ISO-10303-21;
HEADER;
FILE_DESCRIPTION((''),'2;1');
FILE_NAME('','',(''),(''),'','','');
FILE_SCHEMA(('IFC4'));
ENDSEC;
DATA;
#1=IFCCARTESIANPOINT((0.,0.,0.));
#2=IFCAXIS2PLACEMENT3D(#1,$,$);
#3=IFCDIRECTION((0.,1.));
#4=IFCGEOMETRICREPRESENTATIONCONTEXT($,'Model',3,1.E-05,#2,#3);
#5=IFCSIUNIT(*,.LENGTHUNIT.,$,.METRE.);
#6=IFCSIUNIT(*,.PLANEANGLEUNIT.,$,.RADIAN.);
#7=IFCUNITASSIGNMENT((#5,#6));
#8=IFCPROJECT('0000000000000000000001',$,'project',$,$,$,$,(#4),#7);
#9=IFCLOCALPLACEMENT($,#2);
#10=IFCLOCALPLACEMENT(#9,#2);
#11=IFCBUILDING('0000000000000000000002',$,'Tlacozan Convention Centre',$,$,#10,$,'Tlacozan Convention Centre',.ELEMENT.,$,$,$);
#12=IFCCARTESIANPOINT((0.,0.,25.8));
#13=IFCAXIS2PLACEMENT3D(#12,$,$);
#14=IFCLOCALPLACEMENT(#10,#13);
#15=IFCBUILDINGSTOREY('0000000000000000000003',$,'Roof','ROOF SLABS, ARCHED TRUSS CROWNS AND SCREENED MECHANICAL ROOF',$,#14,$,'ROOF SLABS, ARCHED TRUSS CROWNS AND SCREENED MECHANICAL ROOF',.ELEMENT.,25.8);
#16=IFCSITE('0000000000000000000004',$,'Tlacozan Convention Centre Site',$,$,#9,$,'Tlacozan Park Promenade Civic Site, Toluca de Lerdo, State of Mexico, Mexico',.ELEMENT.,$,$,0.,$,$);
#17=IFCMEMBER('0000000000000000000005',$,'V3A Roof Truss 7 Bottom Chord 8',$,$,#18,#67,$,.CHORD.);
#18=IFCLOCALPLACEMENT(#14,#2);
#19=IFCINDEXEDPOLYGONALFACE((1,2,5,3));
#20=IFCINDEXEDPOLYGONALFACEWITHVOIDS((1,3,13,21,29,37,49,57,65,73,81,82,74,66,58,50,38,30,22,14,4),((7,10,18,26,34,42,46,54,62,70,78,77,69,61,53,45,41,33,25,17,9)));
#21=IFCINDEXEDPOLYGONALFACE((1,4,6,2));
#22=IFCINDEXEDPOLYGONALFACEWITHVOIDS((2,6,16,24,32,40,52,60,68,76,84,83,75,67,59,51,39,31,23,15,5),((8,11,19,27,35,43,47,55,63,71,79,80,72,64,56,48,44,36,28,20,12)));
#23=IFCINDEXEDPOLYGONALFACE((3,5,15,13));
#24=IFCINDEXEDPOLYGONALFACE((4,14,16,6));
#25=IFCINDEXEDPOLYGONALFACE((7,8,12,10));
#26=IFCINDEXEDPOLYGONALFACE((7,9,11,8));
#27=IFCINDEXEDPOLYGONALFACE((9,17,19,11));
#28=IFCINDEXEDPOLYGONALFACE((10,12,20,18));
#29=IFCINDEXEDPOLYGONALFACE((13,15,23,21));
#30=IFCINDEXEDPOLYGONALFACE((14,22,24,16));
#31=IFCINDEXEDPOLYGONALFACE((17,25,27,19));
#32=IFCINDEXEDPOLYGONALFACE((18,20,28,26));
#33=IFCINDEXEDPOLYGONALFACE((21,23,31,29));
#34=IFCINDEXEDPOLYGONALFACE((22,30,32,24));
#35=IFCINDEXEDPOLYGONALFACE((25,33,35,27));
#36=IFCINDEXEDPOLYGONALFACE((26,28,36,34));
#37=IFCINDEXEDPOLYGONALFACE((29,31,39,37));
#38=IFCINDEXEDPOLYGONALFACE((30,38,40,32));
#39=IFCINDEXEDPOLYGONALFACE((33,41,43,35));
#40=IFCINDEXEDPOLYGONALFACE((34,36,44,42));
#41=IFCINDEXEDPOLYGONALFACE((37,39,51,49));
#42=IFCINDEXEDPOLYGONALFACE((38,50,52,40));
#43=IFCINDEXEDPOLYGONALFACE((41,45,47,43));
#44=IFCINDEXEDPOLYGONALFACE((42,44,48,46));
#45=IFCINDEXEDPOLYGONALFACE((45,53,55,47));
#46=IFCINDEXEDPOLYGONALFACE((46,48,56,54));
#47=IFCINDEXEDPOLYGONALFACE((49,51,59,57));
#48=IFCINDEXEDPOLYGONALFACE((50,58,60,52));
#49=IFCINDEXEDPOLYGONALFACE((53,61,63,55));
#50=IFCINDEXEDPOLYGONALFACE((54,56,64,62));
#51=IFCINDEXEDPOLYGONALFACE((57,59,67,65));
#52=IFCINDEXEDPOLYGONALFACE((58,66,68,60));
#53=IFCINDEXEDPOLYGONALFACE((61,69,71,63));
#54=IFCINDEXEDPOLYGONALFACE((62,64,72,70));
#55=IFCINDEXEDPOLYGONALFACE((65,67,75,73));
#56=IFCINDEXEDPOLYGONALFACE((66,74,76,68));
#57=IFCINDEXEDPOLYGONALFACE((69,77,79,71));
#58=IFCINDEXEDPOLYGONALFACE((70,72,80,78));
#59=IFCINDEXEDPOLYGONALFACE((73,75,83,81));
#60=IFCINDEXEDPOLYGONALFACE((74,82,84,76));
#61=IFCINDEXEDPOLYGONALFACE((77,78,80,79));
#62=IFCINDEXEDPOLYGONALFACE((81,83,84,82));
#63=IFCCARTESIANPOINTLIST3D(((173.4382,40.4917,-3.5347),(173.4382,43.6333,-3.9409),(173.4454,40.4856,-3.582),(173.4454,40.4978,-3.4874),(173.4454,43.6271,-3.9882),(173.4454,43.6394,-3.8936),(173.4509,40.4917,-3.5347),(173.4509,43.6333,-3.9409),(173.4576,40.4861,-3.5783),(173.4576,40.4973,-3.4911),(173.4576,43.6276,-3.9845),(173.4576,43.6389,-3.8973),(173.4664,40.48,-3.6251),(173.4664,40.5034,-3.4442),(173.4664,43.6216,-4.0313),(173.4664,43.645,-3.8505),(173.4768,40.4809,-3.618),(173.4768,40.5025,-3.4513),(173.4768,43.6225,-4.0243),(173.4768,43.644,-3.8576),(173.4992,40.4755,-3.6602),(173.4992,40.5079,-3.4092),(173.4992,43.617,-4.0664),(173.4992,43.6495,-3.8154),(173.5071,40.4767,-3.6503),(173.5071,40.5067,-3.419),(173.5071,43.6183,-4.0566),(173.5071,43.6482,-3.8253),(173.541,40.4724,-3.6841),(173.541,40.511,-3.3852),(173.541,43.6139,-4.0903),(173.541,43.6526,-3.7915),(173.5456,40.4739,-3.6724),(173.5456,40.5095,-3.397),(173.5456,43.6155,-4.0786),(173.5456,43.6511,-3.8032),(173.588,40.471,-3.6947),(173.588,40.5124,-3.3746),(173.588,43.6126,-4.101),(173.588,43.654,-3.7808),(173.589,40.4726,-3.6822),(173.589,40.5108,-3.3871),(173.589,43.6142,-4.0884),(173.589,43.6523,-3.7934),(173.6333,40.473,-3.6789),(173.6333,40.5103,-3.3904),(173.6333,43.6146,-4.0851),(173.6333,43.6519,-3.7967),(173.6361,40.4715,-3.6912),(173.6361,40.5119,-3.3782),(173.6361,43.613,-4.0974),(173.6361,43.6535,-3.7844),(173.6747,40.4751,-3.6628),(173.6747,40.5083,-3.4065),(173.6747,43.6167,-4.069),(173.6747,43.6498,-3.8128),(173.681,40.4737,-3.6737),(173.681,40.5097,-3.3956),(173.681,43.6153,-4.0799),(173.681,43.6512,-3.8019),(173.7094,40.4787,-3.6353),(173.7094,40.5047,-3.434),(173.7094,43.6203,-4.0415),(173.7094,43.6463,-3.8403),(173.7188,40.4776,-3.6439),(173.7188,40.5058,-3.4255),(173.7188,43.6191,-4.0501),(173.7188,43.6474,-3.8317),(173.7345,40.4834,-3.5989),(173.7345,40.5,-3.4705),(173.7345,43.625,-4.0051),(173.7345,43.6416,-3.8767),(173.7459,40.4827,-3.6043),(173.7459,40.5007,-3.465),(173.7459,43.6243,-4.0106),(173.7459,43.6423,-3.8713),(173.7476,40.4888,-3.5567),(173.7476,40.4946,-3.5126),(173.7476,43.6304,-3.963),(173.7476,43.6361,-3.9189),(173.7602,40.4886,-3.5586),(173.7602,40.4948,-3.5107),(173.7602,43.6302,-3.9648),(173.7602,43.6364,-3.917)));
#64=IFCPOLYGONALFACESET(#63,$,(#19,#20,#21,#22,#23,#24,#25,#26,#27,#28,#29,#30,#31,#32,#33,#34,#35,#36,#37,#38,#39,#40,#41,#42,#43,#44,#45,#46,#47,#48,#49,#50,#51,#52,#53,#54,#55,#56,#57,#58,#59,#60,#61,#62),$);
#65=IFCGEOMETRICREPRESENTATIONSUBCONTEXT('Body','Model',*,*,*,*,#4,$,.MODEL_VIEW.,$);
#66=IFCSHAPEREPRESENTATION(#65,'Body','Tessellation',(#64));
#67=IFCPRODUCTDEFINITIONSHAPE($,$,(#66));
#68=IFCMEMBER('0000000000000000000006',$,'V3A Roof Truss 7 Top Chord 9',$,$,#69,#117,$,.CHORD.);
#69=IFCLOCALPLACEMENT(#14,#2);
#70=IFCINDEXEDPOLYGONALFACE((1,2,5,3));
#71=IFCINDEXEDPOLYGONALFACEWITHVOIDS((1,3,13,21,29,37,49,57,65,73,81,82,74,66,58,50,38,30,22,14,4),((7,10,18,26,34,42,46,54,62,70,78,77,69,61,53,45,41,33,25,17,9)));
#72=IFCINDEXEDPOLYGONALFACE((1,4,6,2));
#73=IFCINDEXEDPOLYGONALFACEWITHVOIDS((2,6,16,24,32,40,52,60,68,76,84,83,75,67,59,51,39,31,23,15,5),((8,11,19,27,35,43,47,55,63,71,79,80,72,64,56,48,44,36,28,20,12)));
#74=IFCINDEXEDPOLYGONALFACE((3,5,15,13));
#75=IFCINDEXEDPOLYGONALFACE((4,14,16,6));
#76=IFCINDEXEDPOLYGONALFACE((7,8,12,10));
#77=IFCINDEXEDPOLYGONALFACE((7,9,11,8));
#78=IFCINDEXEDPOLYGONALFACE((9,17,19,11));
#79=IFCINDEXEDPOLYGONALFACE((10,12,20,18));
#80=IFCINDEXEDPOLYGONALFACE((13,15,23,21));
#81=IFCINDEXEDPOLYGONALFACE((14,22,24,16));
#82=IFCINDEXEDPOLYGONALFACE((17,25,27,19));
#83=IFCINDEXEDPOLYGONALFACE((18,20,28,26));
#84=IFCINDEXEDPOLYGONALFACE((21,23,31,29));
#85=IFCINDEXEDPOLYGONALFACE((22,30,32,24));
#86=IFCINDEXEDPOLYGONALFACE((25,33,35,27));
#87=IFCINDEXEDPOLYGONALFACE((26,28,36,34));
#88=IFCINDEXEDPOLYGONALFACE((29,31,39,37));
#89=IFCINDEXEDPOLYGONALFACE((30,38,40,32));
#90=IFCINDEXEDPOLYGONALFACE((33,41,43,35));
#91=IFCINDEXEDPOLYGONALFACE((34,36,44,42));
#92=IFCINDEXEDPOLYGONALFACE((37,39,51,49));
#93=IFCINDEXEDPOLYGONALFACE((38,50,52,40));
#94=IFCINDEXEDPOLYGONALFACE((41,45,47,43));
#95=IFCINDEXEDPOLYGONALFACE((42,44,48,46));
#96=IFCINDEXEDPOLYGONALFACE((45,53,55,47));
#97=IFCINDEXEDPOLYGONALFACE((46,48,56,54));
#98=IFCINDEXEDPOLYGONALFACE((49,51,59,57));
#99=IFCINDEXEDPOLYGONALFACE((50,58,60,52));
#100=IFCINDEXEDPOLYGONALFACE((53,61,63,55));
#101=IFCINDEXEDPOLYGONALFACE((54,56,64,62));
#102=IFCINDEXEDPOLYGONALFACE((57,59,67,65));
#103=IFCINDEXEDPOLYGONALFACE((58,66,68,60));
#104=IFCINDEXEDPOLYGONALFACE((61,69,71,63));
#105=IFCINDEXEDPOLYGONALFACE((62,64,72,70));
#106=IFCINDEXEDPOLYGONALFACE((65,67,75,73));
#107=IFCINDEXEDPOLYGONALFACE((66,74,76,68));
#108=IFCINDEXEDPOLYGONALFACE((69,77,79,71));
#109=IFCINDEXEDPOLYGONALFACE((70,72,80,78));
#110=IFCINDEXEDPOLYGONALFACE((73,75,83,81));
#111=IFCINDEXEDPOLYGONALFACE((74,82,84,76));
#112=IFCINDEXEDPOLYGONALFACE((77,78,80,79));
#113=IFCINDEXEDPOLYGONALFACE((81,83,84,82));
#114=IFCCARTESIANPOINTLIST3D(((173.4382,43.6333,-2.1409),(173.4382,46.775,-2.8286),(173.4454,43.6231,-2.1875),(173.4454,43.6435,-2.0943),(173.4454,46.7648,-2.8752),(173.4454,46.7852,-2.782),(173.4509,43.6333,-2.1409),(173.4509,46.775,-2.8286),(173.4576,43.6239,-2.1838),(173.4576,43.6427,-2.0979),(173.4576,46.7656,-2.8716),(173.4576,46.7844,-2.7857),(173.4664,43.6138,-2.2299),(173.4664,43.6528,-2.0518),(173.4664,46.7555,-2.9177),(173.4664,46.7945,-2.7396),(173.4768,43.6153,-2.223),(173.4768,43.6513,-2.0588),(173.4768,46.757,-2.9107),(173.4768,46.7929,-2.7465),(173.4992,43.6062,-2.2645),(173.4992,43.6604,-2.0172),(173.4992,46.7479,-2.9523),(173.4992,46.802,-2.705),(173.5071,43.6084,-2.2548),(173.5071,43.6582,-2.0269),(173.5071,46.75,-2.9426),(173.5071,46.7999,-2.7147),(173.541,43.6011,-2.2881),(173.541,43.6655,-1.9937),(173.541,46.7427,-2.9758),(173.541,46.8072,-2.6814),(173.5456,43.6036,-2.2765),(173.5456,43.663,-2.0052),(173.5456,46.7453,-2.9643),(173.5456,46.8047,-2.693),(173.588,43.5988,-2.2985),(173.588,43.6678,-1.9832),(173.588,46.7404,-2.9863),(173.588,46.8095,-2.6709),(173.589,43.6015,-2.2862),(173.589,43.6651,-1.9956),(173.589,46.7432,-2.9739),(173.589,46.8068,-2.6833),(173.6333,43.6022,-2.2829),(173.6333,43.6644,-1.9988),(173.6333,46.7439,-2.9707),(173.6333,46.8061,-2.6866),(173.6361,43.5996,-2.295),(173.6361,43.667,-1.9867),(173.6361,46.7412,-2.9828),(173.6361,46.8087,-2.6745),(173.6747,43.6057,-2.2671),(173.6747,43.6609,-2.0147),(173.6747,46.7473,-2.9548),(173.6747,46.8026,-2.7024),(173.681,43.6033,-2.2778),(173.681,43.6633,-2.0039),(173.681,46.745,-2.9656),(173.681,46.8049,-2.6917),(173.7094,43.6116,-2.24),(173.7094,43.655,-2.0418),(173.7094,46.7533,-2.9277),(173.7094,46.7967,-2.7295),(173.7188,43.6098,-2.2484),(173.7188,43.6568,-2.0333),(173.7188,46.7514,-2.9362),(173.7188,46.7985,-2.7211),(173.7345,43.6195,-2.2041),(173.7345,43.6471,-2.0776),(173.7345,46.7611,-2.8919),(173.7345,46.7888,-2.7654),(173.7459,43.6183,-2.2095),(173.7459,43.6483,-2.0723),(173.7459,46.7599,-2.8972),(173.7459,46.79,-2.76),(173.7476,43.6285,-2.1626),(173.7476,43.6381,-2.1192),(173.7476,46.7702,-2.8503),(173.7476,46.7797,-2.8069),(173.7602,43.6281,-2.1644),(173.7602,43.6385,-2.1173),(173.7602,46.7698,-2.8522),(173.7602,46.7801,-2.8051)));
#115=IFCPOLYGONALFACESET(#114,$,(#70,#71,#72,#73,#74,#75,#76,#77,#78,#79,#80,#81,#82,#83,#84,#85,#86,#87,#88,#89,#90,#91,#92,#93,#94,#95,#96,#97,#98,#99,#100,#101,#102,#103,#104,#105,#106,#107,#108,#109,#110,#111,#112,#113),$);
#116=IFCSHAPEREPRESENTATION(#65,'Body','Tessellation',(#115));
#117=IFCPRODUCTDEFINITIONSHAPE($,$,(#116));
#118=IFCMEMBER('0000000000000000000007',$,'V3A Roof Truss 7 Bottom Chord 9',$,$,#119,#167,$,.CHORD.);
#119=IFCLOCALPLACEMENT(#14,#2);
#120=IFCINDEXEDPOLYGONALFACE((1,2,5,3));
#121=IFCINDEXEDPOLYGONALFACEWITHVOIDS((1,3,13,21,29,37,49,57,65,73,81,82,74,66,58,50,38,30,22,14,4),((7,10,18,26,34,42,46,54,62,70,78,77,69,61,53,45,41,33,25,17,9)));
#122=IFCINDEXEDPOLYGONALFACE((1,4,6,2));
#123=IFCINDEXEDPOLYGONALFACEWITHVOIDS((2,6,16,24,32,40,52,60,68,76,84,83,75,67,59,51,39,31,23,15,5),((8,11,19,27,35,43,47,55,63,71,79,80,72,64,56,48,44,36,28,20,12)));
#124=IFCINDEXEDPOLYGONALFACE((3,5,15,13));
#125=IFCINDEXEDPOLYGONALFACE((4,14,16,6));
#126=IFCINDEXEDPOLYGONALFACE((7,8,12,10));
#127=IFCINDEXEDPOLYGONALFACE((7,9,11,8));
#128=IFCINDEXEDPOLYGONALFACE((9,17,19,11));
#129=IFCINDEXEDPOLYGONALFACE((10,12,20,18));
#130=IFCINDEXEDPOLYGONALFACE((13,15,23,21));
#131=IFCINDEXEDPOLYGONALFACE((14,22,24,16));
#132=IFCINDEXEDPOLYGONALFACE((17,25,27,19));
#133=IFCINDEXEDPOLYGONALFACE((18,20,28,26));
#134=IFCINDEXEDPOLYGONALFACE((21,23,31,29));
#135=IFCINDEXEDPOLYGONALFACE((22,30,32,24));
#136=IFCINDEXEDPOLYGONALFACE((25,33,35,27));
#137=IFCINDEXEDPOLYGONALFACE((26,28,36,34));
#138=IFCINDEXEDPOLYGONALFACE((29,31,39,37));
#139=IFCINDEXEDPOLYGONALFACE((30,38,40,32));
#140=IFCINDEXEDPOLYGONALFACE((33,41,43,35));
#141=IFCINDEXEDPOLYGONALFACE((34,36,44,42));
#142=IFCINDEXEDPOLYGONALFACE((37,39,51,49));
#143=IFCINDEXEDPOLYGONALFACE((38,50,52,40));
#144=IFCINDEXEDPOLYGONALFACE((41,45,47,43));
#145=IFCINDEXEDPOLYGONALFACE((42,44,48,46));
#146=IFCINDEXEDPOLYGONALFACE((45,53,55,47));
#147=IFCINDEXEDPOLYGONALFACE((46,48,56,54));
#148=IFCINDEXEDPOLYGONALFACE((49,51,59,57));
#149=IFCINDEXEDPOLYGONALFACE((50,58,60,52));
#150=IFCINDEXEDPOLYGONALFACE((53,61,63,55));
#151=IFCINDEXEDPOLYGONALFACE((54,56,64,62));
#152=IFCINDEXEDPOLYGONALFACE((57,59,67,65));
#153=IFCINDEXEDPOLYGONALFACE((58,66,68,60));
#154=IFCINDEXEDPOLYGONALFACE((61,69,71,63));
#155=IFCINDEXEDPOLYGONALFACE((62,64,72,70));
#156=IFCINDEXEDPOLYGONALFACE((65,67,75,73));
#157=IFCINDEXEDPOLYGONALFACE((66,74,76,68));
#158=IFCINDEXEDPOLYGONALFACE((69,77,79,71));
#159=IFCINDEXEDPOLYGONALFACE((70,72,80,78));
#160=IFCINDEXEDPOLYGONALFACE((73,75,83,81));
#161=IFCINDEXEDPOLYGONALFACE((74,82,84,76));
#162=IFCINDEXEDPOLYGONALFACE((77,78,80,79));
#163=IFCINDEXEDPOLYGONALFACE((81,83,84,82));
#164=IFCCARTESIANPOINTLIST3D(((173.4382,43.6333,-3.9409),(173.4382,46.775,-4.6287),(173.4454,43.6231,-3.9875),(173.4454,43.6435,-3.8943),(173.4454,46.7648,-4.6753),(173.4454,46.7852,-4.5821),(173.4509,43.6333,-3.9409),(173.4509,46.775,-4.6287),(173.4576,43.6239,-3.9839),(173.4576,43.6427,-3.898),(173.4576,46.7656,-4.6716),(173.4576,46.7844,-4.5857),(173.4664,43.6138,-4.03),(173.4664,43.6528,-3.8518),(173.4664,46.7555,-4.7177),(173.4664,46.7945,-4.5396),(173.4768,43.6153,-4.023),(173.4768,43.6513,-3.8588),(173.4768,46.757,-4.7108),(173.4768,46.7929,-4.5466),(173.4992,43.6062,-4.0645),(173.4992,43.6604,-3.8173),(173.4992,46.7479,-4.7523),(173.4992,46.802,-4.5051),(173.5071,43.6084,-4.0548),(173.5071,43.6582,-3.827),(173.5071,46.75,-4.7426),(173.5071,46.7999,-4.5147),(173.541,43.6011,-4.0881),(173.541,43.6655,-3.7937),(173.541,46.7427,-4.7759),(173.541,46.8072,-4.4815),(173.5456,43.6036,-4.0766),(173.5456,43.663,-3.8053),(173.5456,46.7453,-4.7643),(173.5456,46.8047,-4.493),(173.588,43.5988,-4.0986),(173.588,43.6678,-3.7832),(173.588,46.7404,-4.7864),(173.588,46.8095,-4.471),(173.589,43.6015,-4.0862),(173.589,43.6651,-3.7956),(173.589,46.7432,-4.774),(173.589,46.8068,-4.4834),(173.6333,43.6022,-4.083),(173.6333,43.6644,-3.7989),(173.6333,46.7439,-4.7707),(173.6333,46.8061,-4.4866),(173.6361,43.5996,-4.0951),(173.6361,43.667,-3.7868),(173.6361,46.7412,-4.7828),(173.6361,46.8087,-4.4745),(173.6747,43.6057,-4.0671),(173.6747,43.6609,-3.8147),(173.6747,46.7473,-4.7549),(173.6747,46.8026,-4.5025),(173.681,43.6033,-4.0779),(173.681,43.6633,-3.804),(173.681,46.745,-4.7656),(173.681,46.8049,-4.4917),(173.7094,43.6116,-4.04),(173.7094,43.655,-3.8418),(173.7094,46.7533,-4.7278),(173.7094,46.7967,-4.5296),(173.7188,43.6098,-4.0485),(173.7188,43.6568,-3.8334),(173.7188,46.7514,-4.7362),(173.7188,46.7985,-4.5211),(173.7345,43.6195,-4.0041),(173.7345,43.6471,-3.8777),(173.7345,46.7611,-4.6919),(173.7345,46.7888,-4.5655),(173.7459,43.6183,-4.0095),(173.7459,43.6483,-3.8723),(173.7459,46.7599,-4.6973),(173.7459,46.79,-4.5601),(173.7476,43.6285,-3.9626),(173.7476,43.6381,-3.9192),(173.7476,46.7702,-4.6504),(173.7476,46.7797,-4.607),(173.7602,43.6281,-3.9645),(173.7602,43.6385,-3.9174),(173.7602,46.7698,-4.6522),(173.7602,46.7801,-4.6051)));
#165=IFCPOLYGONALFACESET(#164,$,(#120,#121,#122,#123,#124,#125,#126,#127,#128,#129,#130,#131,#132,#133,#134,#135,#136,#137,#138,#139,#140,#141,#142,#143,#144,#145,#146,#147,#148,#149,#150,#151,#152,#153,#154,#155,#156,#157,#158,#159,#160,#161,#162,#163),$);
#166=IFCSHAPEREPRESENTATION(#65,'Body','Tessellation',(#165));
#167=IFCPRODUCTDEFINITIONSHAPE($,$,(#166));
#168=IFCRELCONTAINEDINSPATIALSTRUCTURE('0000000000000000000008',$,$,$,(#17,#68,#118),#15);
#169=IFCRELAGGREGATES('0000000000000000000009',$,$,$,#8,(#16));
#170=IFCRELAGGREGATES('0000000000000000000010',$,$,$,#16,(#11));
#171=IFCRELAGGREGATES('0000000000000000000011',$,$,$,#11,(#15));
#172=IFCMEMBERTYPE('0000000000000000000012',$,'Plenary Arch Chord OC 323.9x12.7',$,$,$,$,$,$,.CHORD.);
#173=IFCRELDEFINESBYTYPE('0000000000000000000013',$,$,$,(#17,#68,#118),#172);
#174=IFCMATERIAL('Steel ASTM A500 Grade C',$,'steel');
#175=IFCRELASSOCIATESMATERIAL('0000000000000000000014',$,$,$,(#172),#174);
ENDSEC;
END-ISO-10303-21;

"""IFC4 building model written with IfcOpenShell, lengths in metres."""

from ifc_helpers import new_model, si_unit, direction, frame, origin, origin_2d, place, context, subcontext, project, spatial, hollow_circle, extrude, material, material_profile, profile_set, type_object, element, save


model = new_model("IFC4")

# Units and contexts
model_context = context("Model", 3, precision=1e-05, world=origin(), true_north=direction((0.0, 1.0)))
body_context = subcontext(model_context, "Body", "Model", "MODEL_VIEW")
ifc_project = project(units=[si_unit("LENGTHUNIT", "METRE"), si_unit("PLANEANGLEUNIT", "RADIAN")], contexts=[model_context])

# Site, building, storey
site_placement = place(None, origin())
site = spatial("IfcSite", under=ifc_project, at=site_placement, Name="Tlacozan Convention Centre Site", LongName="Tlacozan Park Promenade Civic Site, Toluca de Lerdo, State of Mexico, Mexico", CompositionType="ELEMENT", RefElevation=0.0)
building_placement = place(site_placement, origin())
building = spatial("IfcBuilding", under=site, at=building_placement, Name="Tlacozan Convention Centre", LongName="Tlacozan Convention Centre", CompositionType="ELEMENT")
storey_placement = place(building_placement, frame((0.0, 0.0, 25.8)))
storey = spatial("IfcBuildingStorey", under=building, at=storey_placement, Name="Roof", Description="ROOF SLABS, ARCHED TRUSS CROWNS AND SCREENED MECHANICAL ROOF", LongName="ROOF SLABS, ARCHED TRUSS CROWNS AND SCREENED MECHANICAL ROOF", CompositionType="ELEMENT", Elevation=25.8)

# Members
ifc_material_1 = material(Name="Steel ASTM A500 Grade C", Category="steel")
ifc_material_profile_1 = material_profile(ifc_material_1, hollow_circle(Radius=0.1619, WallThickness=0.0127, at=origin_2d()), Name="OC 323.9x12.7")
ifc_profile_set_1 = profile_set([ifc_material_profile_1], Name="Steel ASTM A500 Grade C")
member_type_1 = type_object("IfcMemberType", Name="Plenary Arch Chord OC 323.9x12.7", PredefinedType="CHORD", material=ifc_profile_set_1)
for number, where, z_axis, x_axis, name in (
    (1, (173.6001, 40.4917, -3.5347), (0.0, 0.991742, -0.128245), (-1.0, 0.0, 0.0), "V3A Roof Truss 7 Bottom Chord 8"),
):
    element("IfcMember", number, at=place(storey_placement, frame(where, z_axis=z_axis, x_axis=x_axis)), inside=storey, type_object=member_type_1, Name=name, PredefinedType="CHORD", context=body_context, shape_type="SweptSolid", body=[
        extrude(hollow_circle(Radius=0.1619, WallThickness=0.0127, at=origin_2d()), origin(), (0.0, 0.0, 1.0), 3.1677),
    ])
for number, where, z_axis, x_axis, name in (
    (2, (173.6001, 43.6333, -2.1409), (0.0, 0.976866, -0.213851), (-1.0, 0.0, 0.0), "V3A Roof Truss 7 Top Chord 9"),
    (3, (173.6001, 43.6333, -3.9409), (0.0, 0.976866, -0.213851), (-1.0, 0.0, 0.0), "V3A Roof Truss 7 Bottom Chord 9"),
):
    element("IfcMember", number, at=place(storey_placement, frame(where, z_axis=z_axis, x_axis=x_axis)), inside=storey, type_object=member_type_1, Name=name, PredefinedType="CHORD", context=body_context, shape_type="SweptSolid", body=[
        extrude(hollow_circle(Radius=0.1619, WallThickness=0.0127, at=origin_2d()), origin(), (0.0, 0.0, 1.0), 3.2161),
    ])

save(model, "model.ifc")
